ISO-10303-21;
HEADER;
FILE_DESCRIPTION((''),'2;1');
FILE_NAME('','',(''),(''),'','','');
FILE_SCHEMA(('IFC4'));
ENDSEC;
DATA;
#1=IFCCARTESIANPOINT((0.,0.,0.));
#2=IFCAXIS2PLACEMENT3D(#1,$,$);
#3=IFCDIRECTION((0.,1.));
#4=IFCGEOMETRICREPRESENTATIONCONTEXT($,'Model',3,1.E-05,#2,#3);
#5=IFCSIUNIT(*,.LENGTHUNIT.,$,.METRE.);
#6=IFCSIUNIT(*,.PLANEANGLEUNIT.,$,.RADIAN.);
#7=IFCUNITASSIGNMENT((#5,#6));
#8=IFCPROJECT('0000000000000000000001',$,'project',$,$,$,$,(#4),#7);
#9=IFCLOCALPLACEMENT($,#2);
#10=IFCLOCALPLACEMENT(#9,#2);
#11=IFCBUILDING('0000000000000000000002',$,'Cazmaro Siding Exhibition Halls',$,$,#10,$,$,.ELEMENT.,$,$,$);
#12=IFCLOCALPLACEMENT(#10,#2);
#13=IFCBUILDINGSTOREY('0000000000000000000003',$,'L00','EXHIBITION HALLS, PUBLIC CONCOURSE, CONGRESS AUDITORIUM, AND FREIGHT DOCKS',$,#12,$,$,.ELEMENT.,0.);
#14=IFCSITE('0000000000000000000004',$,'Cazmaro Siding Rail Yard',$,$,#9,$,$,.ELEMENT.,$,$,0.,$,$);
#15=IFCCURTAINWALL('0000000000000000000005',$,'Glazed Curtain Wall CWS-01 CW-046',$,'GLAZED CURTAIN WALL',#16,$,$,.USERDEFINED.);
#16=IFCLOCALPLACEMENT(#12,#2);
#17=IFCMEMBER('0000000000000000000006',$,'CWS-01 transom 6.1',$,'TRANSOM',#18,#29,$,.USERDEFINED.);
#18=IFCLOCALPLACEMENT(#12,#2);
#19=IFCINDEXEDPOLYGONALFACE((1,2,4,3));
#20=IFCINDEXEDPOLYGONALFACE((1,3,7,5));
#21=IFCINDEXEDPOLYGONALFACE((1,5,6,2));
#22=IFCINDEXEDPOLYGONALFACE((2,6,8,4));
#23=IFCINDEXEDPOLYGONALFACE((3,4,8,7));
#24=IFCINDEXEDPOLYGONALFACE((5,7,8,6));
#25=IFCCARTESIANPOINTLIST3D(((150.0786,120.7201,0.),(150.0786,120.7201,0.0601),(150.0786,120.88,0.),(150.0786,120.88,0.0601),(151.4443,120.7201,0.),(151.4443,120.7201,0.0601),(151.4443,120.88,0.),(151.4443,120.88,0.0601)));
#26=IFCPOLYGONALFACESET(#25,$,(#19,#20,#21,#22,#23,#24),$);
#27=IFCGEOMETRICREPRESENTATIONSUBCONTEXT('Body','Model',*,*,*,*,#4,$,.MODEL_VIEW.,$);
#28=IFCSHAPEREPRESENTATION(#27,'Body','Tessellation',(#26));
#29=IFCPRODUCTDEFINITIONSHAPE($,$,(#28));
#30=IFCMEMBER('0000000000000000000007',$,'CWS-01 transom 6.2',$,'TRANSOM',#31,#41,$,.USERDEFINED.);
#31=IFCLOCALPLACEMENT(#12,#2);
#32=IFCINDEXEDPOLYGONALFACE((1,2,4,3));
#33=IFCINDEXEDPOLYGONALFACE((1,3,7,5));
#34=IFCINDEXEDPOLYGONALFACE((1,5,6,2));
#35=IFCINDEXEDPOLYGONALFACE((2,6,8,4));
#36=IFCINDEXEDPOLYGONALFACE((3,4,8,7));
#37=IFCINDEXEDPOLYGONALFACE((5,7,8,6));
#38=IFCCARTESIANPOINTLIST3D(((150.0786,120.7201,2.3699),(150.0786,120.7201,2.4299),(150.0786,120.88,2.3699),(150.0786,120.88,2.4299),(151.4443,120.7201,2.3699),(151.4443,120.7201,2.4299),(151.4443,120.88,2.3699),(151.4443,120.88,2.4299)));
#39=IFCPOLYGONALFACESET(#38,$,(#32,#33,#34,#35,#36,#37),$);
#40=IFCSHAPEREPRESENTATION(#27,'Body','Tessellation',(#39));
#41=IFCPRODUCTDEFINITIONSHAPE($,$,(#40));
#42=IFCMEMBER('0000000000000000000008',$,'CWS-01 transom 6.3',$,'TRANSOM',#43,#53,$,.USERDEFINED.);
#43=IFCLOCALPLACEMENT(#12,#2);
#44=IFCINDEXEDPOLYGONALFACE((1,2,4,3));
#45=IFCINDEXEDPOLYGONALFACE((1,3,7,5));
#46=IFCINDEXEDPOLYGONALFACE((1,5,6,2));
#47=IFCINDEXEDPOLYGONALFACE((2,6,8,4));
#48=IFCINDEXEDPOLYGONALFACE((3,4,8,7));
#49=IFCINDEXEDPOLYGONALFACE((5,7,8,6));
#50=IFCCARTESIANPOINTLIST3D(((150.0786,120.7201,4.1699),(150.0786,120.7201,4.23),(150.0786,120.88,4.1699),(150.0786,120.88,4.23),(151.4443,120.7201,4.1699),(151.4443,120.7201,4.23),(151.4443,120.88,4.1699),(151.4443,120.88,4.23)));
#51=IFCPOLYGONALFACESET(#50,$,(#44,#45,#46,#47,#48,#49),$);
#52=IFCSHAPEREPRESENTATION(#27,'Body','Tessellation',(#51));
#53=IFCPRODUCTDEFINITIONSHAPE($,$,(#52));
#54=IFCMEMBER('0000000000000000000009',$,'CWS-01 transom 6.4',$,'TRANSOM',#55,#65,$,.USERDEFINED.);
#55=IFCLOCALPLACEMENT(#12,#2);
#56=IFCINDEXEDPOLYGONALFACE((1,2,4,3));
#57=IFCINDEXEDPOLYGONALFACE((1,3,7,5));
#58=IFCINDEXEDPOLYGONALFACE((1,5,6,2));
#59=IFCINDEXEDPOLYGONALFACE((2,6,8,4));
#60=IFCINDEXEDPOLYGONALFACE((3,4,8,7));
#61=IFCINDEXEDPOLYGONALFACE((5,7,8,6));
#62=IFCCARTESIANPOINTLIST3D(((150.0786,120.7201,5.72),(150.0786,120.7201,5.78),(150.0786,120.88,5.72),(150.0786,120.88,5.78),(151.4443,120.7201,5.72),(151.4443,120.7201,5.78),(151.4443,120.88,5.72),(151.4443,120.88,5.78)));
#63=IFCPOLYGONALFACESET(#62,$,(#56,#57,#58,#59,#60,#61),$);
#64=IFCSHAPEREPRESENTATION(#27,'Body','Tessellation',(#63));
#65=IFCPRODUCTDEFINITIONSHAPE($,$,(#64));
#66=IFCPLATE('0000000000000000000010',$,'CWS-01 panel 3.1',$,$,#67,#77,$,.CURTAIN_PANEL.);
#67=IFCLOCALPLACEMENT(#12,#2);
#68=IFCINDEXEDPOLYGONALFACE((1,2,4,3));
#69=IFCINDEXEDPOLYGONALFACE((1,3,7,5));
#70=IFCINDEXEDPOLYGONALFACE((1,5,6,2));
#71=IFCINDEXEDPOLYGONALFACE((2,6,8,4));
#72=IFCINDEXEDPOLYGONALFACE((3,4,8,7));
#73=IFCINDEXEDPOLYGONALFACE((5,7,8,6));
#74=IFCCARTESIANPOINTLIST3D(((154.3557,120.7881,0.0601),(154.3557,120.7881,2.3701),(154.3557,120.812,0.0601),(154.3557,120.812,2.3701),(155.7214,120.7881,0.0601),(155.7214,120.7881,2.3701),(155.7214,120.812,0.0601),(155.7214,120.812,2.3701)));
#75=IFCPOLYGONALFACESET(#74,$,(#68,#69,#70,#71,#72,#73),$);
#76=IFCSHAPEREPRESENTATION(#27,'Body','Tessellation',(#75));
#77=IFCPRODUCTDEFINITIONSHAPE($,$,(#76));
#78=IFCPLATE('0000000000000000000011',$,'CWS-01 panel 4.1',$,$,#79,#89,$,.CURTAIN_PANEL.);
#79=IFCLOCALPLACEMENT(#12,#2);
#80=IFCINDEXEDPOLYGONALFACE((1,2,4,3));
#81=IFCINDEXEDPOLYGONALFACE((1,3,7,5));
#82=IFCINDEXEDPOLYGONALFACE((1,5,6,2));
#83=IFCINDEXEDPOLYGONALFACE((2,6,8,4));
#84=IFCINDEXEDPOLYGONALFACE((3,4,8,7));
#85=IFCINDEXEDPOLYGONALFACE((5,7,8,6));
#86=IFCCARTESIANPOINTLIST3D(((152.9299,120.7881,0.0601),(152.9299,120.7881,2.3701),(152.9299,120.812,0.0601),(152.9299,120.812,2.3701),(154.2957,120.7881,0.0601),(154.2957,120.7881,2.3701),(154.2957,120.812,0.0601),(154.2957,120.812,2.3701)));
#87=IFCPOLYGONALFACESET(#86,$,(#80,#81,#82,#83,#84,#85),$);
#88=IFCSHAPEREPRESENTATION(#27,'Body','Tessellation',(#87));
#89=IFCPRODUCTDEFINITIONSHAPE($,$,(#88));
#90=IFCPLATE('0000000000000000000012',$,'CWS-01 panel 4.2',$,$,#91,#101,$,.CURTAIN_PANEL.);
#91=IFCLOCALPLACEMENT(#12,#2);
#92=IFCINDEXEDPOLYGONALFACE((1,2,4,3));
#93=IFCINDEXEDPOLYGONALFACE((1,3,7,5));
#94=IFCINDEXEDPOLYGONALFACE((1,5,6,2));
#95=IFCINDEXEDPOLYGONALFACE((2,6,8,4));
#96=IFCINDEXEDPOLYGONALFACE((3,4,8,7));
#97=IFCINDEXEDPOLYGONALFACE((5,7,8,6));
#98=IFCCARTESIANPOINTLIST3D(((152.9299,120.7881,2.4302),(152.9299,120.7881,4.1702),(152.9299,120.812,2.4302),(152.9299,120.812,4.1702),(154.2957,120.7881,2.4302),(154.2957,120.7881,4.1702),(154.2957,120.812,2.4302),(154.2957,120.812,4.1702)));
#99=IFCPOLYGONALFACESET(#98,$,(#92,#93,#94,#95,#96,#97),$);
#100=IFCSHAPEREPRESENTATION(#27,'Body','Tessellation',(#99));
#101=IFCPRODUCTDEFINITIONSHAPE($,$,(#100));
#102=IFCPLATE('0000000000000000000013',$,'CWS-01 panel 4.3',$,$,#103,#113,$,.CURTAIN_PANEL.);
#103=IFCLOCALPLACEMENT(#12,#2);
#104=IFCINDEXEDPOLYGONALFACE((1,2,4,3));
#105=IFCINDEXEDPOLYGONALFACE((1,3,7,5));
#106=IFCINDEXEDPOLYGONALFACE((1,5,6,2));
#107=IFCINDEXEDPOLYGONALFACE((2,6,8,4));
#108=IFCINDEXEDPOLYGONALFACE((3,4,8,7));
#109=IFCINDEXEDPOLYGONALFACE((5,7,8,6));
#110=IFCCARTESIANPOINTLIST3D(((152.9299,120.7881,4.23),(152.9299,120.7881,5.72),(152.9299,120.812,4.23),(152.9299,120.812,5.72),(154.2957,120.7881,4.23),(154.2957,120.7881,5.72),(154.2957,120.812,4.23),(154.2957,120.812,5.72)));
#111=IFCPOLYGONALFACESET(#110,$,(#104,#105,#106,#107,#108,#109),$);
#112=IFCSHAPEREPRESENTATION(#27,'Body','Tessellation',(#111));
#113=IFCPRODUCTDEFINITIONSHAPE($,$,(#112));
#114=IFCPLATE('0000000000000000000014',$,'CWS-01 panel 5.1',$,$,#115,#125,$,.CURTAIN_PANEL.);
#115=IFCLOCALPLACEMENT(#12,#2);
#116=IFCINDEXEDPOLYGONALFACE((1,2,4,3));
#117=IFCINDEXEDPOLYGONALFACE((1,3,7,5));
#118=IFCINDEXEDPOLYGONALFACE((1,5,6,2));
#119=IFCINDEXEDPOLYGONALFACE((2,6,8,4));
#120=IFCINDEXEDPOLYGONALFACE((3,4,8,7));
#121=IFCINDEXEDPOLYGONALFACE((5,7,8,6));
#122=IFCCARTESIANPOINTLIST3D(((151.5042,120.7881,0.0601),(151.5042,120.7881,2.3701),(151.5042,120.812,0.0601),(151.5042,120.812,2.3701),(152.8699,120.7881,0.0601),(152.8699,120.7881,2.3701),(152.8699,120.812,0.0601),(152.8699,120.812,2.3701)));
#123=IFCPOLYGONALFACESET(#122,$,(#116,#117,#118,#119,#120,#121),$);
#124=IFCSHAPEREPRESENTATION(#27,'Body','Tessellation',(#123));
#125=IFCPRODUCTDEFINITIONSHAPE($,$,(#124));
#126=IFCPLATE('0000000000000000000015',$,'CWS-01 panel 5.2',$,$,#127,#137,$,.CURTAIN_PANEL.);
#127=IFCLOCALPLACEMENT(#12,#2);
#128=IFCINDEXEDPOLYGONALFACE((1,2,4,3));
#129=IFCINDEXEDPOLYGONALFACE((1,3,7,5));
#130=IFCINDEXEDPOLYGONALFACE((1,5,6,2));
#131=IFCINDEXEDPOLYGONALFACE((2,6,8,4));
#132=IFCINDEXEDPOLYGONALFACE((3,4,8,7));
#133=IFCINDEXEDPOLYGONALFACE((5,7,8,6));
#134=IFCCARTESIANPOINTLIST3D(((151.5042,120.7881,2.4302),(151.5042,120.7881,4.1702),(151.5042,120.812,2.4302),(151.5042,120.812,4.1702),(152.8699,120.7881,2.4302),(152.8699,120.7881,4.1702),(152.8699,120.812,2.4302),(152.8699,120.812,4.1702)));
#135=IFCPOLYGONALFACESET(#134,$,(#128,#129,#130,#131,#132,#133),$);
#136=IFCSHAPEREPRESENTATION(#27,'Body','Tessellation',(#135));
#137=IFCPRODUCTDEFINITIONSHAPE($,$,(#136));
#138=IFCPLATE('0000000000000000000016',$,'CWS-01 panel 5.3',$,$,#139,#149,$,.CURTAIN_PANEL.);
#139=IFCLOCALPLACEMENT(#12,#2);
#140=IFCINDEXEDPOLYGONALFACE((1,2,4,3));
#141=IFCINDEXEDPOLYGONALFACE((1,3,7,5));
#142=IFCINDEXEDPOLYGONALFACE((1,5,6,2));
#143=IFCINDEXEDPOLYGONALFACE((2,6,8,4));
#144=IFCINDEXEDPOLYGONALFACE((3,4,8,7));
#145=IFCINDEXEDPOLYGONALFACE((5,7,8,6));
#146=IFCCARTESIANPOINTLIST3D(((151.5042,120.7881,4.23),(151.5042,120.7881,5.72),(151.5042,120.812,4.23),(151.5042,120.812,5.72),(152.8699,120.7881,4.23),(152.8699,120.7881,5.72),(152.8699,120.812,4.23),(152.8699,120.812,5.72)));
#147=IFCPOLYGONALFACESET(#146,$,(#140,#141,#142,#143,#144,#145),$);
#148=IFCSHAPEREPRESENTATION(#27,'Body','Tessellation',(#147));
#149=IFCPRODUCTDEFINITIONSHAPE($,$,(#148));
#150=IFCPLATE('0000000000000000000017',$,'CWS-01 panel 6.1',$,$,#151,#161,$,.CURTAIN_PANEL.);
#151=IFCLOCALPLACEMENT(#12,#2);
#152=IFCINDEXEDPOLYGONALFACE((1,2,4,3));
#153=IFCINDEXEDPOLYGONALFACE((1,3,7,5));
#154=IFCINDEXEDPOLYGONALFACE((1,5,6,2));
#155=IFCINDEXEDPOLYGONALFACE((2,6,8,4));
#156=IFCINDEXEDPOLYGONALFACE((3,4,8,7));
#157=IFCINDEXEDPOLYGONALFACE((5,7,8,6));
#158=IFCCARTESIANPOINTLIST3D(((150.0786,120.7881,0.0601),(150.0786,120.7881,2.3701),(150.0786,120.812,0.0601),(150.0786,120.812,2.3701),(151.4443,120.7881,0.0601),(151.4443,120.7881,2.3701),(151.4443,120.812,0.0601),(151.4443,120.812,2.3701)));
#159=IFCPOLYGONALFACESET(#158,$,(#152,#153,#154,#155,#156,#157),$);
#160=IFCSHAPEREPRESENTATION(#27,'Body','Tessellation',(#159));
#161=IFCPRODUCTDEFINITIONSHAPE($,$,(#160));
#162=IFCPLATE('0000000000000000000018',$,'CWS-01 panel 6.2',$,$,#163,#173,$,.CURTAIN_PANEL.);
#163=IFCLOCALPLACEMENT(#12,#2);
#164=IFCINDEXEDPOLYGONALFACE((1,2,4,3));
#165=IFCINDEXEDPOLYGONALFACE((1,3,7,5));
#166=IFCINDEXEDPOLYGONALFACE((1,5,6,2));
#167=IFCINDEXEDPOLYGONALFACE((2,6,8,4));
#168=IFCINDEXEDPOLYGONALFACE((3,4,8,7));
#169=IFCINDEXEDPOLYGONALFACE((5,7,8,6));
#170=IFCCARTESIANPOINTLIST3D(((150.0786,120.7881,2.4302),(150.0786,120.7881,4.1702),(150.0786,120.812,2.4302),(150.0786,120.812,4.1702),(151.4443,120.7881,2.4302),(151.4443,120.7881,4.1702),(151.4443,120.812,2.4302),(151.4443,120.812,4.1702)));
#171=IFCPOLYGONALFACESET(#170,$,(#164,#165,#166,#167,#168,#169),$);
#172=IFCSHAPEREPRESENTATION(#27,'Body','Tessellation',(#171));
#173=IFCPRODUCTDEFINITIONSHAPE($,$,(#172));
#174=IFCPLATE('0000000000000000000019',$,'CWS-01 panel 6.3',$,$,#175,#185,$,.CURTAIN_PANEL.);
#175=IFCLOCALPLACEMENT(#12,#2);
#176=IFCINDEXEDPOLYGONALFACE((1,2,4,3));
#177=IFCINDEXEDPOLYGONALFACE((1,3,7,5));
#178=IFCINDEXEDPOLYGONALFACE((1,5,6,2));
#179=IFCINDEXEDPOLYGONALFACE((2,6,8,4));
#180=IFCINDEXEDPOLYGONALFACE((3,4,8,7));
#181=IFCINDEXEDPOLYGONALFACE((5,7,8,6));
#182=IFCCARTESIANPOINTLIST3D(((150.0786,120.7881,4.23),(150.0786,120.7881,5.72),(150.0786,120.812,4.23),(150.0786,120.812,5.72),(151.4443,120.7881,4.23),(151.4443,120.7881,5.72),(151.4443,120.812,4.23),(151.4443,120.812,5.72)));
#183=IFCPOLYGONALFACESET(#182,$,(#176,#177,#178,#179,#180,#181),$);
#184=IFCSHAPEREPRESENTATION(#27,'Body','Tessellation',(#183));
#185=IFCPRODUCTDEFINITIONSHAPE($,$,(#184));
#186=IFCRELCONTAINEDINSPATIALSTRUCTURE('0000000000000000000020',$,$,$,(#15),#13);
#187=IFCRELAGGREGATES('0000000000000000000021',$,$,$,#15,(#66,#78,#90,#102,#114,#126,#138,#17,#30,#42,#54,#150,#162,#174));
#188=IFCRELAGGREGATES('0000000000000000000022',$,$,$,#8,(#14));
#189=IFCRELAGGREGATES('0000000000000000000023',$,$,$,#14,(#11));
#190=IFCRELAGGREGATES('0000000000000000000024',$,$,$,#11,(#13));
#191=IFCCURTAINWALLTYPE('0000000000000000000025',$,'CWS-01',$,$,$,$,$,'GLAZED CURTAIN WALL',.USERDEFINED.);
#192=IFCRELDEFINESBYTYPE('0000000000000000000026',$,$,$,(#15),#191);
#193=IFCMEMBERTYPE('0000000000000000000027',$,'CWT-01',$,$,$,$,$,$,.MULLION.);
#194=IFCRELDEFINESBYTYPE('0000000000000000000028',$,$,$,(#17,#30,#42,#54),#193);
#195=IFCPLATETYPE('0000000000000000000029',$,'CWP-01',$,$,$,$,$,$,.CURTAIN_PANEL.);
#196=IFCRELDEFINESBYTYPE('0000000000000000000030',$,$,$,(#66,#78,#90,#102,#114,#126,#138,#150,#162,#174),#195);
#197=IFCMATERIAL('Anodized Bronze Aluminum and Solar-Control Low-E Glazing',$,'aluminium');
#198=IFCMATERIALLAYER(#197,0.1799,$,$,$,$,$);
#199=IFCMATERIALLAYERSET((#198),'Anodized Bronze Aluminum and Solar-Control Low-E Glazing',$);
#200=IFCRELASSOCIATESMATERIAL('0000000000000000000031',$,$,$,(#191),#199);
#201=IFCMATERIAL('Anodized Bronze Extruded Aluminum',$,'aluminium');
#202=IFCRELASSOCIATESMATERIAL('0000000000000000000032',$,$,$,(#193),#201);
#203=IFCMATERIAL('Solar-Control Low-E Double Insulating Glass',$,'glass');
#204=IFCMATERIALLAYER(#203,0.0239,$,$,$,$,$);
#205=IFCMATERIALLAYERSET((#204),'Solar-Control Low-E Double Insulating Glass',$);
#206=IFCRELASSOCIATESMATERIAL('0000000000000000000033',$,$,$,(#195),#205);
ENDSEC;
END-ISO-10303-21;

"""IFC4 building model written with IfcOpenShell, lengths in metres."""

from ifc_helpers import new_model, si_unit, direction, frame, origin, origin_2d, place, context, subcontext, project, spatial, rectangle, extrude, material, layer, layer_set, material_profile, profile_set, type_object, element, aggregate, save


model = new_model("IFC4")

# Units and contexts
model_context = context("Model", 3, precision=1e-05, world=origin(), true_north=direction((0.0, 1.0)))
body_context = subcontext(model_context, "Body", "Model", "MODEL_VIEW")
ifc_project = project(units=[si_unit("LENGTHUNIT", "METRE"), si_unit("PLANEANGLEUNIT", "RADIAN")], contexts=[model_context])

# Site, building, storey
site_placement = place(None, origin())
site = spatial("IfcSite", under=ifc_project, at=site_placement, Name="Cazmaro Siding Rail Yard", CompositionType="ELEMENT", RefElevation=0.0)
building_placement = place(site_placement, origin())
building = spatial("IfcBuilding", under=site, at=building_placement, Name="Cazmaro Siding Exhibition Halls", CompositionType="ELEMENT")
storey_placement = place(building_placement, origin())
storey = spatial("IfcBuildingStorey", under=building, at=storey_placement, Name="L00", Description="EXHIBITION HALLS, PUBLIC CONCOURSE, CONGRESS AUDITORIUM, AND FREIGHT DOCKS", CompositionType="ELEMENT", Elevation=0.0)

# Curtain wall, members, plates
ifc_material_1 = material(Name="Anodized Bronze Aluminum and Solar-Control Low-E Glazing", Category="aluminium")
ifc_layer_1 = layer(ifc_material_1, 0.1799)
ifc_layer_set_1 = layer_set([ifc_layer_1], Name="Anodized Bronze Aluminum and Solar-Control Low-E Glazing")
curtain_wall_type = type_object("IfcCurtainWallType", Name="CWS-01", ElementType="GLAZED CURTAIN WALL", PredefinedType="USERDEFINED", material=ifc_layer_set_1)
curtain_wall_placement = place(storey_placement, origin())
curtain_wall = element("IfcCurtainWall", 1, at=curtain_wall_placement, inside=storey, type_object=curtain_wall_type, Name="Glazed Curtain Wall CWS-01 CW-046", ObjectType="GLAZED CURTAIN WALL", PredefinedType="USERDEFINED")
ifc_material_2 = material(Name="Anodized Bronze Extruded Aluminum", Category="aluminium")
ifc_material_profile_1 = material_profile(ifc_material_2, rectangle(XDim=0.1599, YDim=0.0601, at=origin_2d()), Name="CWT-01")
ifc_profile_set_1 = profile_set([ifc_material_profile_1], Name="Anodized Bronze Extruded Aluminum")
member_type_1 = type_object("IfcMemberType", Name="CWT-01", PredefinedType="MULLION", material=ifc_profile_set_1)
member_1_placement = place(storey_placement, frame((151.4443, 120.8, 0.03), z_axis=(-1.0, 0.0, 0.0), x_axis=(0.0, -1.0, 0.0)))
member_1 = element("IfcMember", 2, at=member_1_placement, type_object=member_type_1, Name="CWS-01 transom 6.1", ObjectType="TRANSOM", PredefinedType="USERDEFINED", context=body_context, shape_type="SweptSolid", body=[
    extrude(rectangle(XDim=0.1599, YDim=0.0601, at=origin_2d()), origin(), (0.0, 0.0, 1.0), 1.3657),
])
member_2_placement = place(storey_placement, frame((151.4443, 120.8, 2.3999), z_axis=(-1.0, 0.0, 0.0), x_axis=(0.0, -1.0, 0.0)))
member_2 = element("IfcMember", 3, at=member_2_placement, type_object=member_type_1, Name="CWS-01 transom 6.2", ObjectType="TRANSOM", PredefinedType="USERDEFINED", context=body_context, shape_type="SweptSolid", body=[
    extrude(rectangle(XDim=0.1599, YDim=0.0601, at=origin_2d()), origin(), (0.0, 0.0, 1.0), 1.3657),
])
member_3_placement = place(storey_placement, frame((151.4443, 120.8, 4.2), z_axis=(-1.0, 0.0, 0.0), x_axis=(0.0, -1.0, 0.0)))
member_3 = element("IfcMember", 4, at=member_3_placement, type_object=member_type_1, Name="CWS-01 transom 6.3", ObjectType="TRANSOM", PredefinedType="USERDEFINED", context=body_context, shape_type="SweptSolid", body=[
    extrude(rectangle(XDim=0.1599, YDim=0.0601, at=origin_2d()), origin(), (0.0, 0.0, 1.0), 1.3657),
])
member_4_placement = place(storey_placement, frame((151.4443, 120.8, 5.75), z_axis=(-1.0, 0.0, 0.0), x_axis=(0.0, -1.0, 0.0)))
member_4 = element("IfcMember", 5, at=member_4_placement, type_object=member_type_1, Name="CWS-01 transom 6.4", ObjectType="TRANSOM", PredefinedType="USERDEFINED", context=body_context, shape_type="SweptSolid", body=[
    extrude(rectangle(XDim=0.1599, YDim=0.0601, at=origin_2d()), origin(), (0.0, 0.0, 1.0), 1.3657),
])
ifc_material_3 = material(Name="Solar-Control Low-E Double Insulating Glass", Category="glass")
ifc_layer_2 = layer(ifc_material_3, 0.0239)
ifc_layer_set_2 = layer_set([ifc_layer_2], Name="Solar-Control Low-E Double Insulating Glass")
plate_type = type_object("IfcPlateType", Name="CWP-01", PredefinedType="CURTAIN_PANEL", material=ifc_layer_set_2)
plate_1_placement = place(storey_placement, frame((155.0386, 120.8, 0.0601), z_axis=(0.0, 0.0, 1.0), x_axis=(-1.0, 0.0, 0.0)))
plate_1 = element("IfcPlate", 6, at=plate_1_placement, type_object=plate_type, Name="CWS-01 panel 3.1", PredefinedType="CURTAIN_PANEL", context=body_context, shape_type="SweptSolid", body=[
    extrude(rectangle(XDim=1.3657, YDim=0.0239, at=origin_2d()), origin(), (0.0, 0.0, 1.0), 2.3101),
])
plate_2_placement = place(storey_placement, frame((153.6128, 120.8, 0.0601), z_axis=(0.0, 0.0, 1.0), x_axis=(-1.0, 0.0, 0.0)))
plate_2 = element("IfcPlate", 7, at=plate_2_placement, type_object=plate_type, Name="CWS-01 panel 4.1", PredefinedType="CURTAIN_PANEL", context=body_context, shape_type="SweptSolid", body=[
    extrude(rectangle(XDim=1.3657, YDim=0.0239, at=origin_2d()), origin(), (0.0, 0.0, 1.0), 2.3101),
])
plate_3_placement = place(storey_placement, frame((153.6128, 120.8, 2.4302), z_axis=(0.0, 0.0, 1.0), x_axis=(-1.0, 0.0, 0.0)))
plate_3 = element("IfcPlate", 8, at=plate_3_placement, type_object=plate_type, Name="CWS-01 panel 4.2", PredefinedType="CURTAIN_PANEL", context=body_context, shape_type="SweptSolid", body=[
    extrude(rectangle(XDim=1.3657, YDim=0.0239, at=origin_2d()), origin(), (0.0, 0.0, 1.0), 1.74),
])
plate_4_placement = place(storey_placement, frame((153.6128, 120.8, 4.23), z_axis=(0.0, 0.0, 1.0), x_axis=(-1.0, 0.0, 0.0)))
plate_4 = element("IfcPlate", 9, at=plate_4_placement, type_object=plate_type, Name="CWS-01 panel 4.3", PredefinedType="CURTAIN_PANEL", context=body_context, shape_type="SweptSolid", body=[
    extrude(rectangle(XDim=1.3657, YDim=0.0239, at=origin_2d()), origin(), (0.0, 0.0, 1.0), 1.49),
])
plate_5_placement = place(storey_placement, frame((152.187, 120.8, 0.0601), z_axis=(0.0, 0.0, 1.0), x_axis=(-1.0, 0.0, 0.0)))
plate_5 = element("IfcPlate", 10, at=plate_5_placement, type_object=plate_type, Name="CWS-01 panel 5.1", PredefinedType="CURTAIN_PANEL", context=body_context, shape_type="SweptSolid", body=[
    extrude(rectangle(XDim=1.3657, YDim=0.0239, at=origin_2d()), origin(), (0.0, 0.0, 1.0), 2.3101),
])
plate_6_placement = place(storey_placement, frame((152.187, 120.8, 2.4302), z_axis=(0.0, 0.0, 1.0), x_axis=(-1.0, 0.0, 0.0)))
plate_6 = element("IfcPlate", 11, at=plate_6_placement, type_object=plate_type, Name="CWS-01 panel 5.2", PredefinedType="CURTAIN_PANEL", context=body_context, shape_type="SweptSolid", body=[
    extrude(rectangle(XDim=1.3657, YDim=0.0239, at=origin_2d()), origin(), (0.0, 0.0, 1.0), 1.74),
])
plate_7_placement = place(storey_placement, frame((152.187, 120.8, 4.23), z_axis=(0.0, 0.0, 1.0), x_axis=(-1.0, 0.0, 0.0)))
plate_7 = element("IfcPlate", 12, at=plate_7_placement, type_object=plate_type, Name="CWS-01 panel 5.3", PredefinedType="CURTAIN_PANEL", context=body_context, shape_type="SweptSolid", body=[
    extrude(rectangle(XDim=1.3657, YDim=0.0239, at=origin_2d()), origin(), (0.0, 0.0, 1.0), 1.49),
])
plate_8_placement = place(storey_placement, frame((150.7615, 120.8, 0.0601), z_axis=(0.0, 0.0, 1.0), x_axis=(-1.0, 0.0, 0.0)))
plate_8 = element("IfcPlate", 13, at=plate_8_placement, type_object=plate_type, Name="CWS-01 panel 6.1", PredefinedType="CURTAIN_PANEL", context=body_context, shape_type="SweptSolid", body=[
    extrude(rectangle(XDim=1.3657, YDim=0.0239, at=origin_2d()), origin(), (0.0, 0.0, 1.0), 2.3101),
])
plate_9_placement = place(storey_placement, frame((150.7615, 120.8, 2.4302), z_axis=(0.0, 0.0, 1.0), x_axis=(-1.0, 0.0, 0.0)))
plate_9 = element("IfcPlate", 14, at=plate_9_placement, type_object=plate_type, Name="CWS-01 panel 6.2", PredefinedType="CURTAIN_PANEL", context=body_context, shape_type="SweptSolid", body=[
    extrude(rectangle(XDim=1.3657, YDim=0.0239, at=origin_2d()), origin(), (0.0, 0.0, 1.0), 1.74),
])
plate_10_placement = place(storey_placement, frame((150.7615, 120.8, 4.23), z_axis=(0.0, 0.0, 1.0), x_axis=(-1.0, 0.0, 0.0)))
plate_10 = element("IfcPlate", 15, at=plate_10_placement, type_object=plate_type, Name="CWS-01 panel 6.3", PredefinedType="CURTAIN_PANEL", context=body_context, shape_type="SweptSolid", body=[
    extrude(rectangle(XDim=1.3657, YDim=0.0239, at=origin_2d()), origin(), (0.0, 0.0, 1.0), 1.49),
])
aggregate(curtain_wall, [plate_1, plate_2, plate_3, plate_4, plate_5, plate_6, plate_7, member_1, member_2, member_3, member_4, plate_8, plate_9, plate_10])

save(model, "model.ifc")
